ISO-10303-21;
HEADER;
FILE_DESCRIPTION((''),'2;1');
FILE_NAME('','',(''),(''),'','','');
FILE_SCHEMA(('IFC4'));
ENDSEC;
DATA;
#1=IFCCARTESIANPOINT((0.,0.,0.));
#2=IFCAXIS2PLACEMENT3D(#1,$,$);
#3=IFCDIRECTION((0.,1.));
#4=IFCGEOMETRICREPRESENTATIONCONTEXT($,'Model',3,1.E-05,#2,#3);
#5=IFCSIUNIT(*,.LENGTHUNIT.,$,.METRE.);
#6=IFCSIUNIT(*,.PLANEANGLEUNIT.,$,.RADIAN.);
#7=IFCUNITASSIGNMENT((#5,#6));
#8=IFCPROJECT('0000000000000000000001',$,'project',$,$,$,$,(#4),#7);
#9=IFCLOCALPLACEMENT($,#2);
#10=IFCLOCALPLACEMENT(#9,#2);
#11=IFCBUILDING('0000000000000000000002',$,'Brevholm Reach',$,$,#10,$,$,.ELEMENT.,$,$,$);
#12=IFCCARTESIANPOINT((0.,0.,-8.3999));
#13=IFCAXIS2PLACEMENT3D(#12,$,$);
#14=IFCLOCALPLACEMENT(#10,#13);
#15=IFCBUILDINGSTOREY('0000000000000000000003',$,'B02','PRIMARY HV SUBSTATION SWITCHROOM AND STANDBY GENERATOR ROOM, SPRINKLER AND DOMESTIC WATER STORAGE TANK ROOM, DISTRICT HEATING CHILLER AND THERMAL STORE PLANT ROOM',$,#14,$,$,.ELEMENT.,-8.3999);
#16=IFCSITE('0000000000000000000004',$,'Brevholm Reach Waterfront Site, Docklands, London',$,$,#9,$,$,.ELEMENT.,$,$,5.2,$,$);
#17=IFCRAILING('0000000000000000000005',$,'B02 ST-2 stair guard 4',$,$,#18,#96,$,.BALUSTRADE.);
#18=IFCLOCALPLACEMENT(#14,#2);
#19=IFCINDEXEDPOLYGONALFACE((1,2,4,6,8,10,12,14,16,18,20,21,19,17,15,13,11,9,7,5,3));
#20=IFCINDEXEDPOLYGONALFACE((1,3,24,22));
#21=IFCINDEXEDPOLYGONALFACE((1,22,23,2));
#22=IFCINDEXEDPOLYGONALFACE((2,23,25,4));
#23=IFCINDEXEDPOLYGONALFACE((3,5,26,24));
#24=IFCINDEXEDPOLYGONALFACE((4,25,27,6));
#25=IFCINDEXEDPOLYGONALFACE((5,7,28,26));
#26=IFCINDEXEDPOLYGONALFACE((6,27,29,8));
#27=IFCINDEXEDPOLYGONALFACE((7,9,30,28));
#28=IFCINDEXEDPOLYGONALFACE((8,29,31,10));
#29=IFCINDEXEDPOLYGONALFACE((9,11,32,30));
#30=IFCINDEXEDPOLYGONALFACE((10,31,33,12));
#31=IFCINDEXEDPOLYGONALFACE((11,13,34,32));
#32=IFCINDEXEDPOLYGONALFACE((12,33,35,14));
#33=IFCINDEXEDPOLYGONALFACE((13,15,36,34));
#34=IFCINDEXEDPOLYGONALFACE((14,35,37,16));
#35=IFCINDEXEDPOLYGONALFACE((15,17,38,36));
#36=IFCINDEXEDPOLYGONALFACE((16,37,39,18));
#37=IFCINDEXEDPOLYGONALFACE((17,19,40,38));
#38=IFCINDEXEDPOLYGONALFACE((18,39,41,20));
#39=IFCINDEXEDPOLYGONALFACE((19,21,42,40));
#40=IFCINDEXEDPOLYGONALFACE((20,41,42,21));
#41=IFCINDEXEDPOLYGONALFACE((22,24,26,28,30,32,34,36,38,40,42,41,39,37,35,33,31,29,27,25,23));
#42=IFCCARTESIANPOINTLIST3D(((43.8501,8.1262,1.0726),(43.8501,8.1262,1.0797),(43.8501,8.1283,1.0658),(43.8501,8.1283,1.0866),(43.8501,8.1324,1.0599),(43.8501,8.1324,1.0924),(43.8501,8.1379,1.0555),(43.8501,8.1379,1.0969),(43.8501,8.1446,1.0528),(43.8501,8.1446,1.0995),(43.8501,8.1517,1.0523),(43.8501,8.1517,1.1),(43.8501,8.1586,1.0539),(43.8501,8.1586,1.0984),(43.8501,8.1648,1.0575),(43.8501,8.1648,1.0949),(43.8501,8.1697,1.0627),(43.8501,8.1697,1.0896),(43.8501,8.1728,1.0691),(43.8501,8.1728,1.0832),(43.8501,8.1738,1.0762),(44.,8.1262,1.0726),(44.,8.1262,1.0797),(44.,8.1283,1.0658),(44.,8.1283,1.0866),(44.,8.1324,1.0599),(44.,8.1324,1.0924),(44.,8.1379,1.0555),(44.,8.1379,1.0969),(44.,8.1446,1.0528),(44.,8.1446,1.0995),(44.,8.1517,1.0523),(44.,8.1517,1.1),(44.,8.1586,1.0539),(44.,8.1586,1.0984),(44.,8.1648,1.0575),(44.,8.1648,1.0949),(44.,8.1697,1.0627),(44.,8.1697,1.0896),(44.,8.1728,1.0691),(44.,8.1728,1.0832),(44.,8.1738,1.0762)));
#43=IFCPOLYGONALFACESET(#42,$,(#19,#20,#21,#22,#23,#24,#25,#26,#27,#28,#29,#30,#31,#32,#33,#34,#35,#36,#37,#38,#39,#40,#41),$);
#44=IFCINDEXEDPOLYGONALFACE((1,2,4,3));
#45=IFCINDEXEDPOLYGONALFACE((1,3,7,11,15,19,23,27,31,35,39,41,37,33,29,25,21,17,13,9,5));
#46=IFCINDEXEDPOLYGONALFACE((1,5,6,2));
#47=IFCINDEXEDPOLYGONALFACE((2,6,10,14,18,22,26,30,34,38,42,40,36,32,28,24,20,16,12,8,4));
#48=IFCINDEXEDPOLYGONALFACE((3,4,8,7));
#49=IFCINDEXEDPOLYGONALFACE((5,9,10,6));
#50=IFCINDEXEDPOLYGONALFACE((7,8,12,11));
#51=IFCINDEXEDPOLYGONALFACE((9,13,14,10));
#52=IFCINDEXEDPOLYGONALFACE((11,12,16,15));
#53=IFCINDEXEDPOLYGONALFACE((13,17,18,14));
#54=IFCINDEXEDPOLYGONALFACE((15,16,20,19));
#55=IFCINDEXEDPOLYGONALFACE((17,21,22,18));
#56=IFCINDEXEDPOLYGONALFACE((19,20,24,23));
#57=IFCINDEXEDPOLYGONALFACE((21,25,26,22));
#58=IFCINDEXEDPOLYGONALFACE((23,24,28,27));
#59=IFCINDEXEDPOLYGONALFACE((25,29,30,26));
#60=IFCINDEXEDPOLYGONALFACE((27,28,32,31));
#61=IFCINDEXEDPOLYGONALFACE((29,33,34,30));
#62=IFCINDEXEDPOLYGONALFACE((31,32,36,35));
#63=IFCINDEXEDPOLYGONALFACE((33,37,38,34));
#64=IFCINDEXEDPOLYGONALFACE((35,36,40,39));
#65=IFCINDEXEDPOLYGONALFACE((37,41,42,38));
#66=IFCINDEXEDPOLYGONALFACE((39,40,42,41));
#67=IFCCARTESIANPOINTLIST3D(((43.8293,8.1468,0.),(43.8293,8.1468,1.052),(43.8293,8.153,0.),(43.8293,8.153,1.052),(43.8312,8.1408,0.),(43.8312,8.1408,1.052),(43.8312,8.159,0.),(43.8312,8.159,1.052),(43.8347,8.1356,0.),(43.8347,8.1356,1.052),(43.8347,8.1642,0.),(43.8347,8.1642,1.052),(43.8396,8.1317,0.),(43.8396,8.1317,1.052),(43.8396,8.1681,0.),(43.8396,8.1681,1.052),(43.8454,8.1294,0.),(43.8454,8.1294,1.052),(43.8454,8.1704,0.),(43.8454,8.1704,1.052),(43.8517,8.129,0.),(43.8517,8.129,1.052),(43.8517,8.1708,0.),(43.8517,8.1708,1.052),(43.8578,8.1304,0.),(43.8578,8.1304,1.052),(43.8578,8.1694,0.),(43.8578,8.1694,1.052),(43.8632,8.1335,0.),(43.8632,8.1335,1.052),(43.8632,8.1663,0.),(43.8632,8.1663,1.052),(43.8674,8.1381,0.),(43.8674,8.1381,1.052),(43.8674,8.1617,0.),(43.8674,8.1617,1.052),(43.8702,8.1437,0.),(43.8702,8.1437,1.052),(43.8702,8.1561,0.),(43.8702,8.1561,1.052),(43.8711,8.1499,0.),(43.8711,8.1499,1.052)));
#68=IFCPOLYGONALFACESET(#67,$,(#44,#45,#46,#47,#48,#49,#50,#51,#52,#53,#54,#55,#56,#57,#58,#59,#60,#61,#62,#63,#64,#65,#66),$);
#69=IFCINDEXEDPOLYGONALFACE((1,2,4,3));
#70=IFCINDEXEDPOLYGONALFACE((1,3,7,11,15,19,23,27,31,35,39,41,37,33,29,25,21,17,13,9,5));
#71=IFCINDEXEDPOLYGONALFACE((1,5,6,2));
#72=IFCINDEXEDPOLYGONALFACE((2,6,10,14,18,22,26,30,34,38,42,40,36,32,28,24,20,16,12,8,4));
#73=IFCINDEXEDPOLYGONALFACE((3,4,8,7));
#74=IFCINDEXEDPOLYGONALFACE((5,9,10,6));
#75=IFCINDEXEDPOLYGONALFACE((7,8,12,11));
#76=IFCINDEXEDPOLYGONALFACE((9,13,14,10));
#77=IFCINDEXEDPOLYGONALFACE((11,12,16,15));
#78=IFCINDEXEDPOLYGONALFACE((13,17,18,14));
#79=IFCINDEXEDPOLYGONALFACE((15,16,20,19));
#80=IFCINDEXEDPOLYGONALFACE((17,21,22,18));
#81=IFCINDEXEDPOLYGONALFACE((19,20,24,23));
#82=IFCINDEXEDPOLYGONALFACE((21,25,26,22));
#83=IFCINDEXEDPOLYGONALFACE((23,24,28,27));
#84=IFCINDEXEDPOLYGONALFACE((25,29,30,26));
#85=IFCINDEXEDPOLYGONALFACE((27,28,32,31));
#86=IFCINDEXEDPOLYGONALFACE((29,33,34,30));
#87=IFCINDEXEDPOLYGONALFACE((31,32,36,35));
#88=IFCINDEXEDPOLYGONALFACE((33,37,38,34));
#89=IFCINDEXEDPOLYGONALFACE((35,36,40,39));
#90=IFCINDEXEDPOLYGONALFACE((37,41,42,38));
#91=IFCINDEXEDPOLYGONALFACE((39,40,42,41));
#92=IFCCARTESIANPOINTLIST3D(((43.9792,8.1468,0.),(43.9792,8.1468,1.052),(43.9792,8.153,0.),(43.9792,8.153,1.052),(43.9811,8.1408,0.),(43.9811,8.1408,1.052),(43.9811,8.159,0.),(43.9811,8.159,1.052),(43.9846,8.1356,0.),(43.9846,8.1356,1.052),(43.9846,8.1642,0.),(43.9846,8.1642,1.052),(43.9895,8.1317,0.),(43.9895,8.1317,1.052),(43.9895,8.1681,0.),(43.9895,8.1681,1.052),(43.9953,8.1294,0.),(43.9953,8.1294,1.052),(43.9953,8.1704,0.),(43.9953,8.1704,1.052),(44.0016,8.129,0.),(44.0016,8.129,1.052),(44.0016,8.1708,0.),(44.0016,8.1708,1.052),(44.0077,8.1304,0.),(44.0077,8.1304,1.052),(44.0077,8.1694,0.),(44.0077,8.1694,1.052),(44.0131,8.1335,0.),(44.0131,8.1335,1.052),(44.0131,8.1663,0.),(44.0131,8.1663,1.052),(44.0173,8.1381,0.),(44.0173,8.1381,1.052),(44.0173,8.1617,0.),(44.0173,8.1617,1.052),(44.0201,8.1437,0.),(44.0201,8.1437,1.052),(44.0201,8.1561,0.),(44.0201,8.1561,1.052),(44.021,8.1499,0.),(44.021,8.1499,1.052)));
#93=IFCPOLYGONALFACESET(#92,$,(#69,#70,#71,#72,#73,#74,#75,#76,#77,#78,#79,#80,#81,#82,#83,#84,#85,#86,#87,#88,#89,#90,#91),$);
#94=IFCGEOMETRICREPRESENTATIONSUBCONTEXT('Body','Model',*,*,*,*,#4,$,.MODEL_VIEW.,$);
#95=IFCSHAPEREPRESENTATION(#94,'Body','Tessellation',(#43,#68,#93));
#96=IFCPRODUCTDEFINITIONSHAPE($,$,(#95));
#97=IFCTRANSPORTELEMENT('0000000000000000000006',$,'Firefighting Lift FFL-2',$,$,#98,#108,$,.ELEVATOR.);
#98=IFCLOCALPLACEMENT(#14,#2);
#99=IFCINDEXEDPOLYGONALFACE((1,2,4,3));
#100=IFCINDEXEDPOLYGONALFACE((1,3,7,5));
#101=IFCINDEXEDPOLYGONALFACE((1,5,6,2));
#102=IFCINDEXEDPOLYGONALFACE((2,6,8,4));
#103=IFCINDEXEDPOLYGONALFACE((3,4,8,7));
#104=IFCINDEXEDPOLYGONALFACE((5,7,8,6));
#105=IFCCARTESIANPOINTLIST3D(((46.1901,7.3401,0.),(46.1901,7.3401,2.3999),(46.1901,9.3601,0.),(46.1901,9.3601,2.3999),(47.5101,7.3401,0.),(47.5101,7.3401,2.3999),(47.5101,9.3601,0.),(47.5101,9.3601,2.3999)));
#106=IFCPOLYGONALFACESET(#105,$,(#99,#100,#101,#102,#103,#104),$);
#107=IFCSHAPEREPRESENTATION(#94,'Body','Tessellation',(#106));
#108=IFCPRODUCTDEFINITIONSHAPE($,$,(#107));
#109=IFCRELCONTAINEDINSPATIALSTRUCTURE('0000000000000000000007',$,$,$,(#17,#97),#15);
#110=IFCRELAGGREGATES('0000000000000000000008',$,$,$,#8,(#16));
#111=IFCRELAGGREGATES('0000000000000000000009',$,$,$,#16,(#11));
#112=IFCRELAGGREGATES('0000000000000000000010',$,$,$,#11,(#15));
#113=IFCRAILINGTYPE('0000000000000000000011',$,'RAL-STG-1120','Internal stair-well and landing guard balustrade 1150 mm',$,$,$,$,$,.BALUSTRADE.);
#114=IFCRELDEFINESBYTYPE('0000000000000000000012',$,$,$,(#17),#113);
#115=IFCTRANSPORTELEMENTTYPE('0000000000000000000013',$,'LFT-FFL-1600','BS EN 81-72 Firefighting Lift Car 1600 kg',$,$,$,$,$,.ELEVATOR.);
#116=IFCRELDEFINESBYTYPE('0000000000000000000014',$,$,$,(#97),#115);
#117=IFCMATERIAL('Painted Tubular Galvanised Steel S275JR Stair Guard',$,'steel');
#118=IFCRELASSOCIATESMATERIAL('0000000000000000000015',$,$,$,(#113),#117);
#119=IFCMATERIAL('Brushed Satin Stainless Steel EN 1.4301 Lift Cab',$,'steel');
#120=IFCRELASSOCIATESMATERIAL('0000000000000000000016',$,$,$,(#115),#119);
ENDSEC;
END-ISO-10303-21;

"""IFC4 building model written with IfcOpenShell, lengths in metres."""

from ifc_helpers import new_model, si_unit, direction, frame, origin, origin_2d, place, context, subcontext, project, spatial, rectangle, circle, extrude, material, type_object, element, save


model = new_model("IFC4")

# Units and contexts
model_context = context("Model", 3, precision=1e-05, world=origin(), true_north=direction((0.0, 1.0)))
body_context = subcontext(model_context, "Body", "Model", "MODEL_VIEW")
ifc_project = project(units=[si_unit("LENGTHUNIT", "METRE"), si_unit("PLANEANGLEUNIT", "RADIAN")], contexts=[model_context])

# Site, building, storey
site_placement = place(None, origin())
site = spatial("IfcSite", under=ifc_project, at=site_placement, Name="Brevholm Reach Waterfront Site, Docklands, London", CompositionType="ELEMENT", RefElevation=5.2)
building_placement = place(site_placement, origin())
building = spatial("IfcBuilding", under=site, at=building_placement, Name="Brevholm Reach", CompositionType="ELEMENT")
storey_placement = place(building_placement, frame((0.0, 0.0, -8.3999)))
storey = spatial("IfcBuildingStorey", under=building, at=storey_placement, Name="B02", Description="PRIMARY HV SUBSTATION SWITCHROOM AND STANDBY GENERATOR ROOM, SPRINKLER AND DOMESTIC WATER STORAGE TANK ROOM, DISTRICT HEATING CHILLER AND THERMAL STORE PLANT ROOM", CompositionType="ELEMENT", Elevation=-8.3999)

# Railing
ifc_material_1 = material(Name="Painted Tubular Galvanised Steel S275JR Stair Guard", Category="steel")
railing_type_1 = type_object("IfcRailingType", Name="RAL-STG-1120", Description="Internal stair-well and landing guard balustrade 1150 mm", PredefinedType="BALUSTRADE", material=ifc_material_1)
railing_1_placement = place(storey_placement, frame((43.8501, 8.1499, 0.0)))
element("IfcRailing", 1, at=railing_1_placement, inside=storey, type_object=railing_type_1, Name="B02 ST-2 stair guard 4", PredefinedType="BALUSTRADE", context=body_context, shape_type="SweptSolid", body=[
    extrude(circle(Radius=0.0239, at=origin_2d()), frame((0.0, 0.0, 1.0762), z_axis=(1.0, 0.0, 0.0), x_axis=(0.0, 1.0, 0.0)), (0.0, 0.0, 1.0), 0.1499),
    extrude(circle(Radius=0.021, at=origin_2d()), origin(), (0.0, 0.0, 1.0), 1.052),
    extrude(circle(Radius=0.021, at=origin_2d()), frame((0.1499, 0.0, 0.0)), (0.0, 0.0, 1.0), 1.052),
])

# Transport element
ifc_material_2 = material(Name="Brushed Satin Stainless Steel EN 1.4301 Lift Cab", Category="steel")
transport_element_type = type_object("IfcTransportElementType", Name="LFT-FFL-1600", Description="BS EN 81-72 Firefighting Lift Car 1600 kg", PredefinedType="ELEVATOR", material=ifc_material_2)
transport_element_placement = place(storey_placement, frame((46.8501, 8.3501, 0.0), z_axis=(0.0, 0.0, 1.0), x_axis=(1.0, 0.0, 0.0)))
element("IfcTransportElement", 2, at=transport_element_placement, inside=storey, type_object=transport_element_type, Name="Firefighting Lift FFL-2", PredefinedType="ELEVATOR", context=body_context, shape_type="SweptSolid", body=[
    extrude(rectangle(XDim=1.3201, YDim=2.02, at=origin_2d()), origin(), (0.0, 0.0, 1.0), 2.3999),
])

save(model, "model.ifc")
